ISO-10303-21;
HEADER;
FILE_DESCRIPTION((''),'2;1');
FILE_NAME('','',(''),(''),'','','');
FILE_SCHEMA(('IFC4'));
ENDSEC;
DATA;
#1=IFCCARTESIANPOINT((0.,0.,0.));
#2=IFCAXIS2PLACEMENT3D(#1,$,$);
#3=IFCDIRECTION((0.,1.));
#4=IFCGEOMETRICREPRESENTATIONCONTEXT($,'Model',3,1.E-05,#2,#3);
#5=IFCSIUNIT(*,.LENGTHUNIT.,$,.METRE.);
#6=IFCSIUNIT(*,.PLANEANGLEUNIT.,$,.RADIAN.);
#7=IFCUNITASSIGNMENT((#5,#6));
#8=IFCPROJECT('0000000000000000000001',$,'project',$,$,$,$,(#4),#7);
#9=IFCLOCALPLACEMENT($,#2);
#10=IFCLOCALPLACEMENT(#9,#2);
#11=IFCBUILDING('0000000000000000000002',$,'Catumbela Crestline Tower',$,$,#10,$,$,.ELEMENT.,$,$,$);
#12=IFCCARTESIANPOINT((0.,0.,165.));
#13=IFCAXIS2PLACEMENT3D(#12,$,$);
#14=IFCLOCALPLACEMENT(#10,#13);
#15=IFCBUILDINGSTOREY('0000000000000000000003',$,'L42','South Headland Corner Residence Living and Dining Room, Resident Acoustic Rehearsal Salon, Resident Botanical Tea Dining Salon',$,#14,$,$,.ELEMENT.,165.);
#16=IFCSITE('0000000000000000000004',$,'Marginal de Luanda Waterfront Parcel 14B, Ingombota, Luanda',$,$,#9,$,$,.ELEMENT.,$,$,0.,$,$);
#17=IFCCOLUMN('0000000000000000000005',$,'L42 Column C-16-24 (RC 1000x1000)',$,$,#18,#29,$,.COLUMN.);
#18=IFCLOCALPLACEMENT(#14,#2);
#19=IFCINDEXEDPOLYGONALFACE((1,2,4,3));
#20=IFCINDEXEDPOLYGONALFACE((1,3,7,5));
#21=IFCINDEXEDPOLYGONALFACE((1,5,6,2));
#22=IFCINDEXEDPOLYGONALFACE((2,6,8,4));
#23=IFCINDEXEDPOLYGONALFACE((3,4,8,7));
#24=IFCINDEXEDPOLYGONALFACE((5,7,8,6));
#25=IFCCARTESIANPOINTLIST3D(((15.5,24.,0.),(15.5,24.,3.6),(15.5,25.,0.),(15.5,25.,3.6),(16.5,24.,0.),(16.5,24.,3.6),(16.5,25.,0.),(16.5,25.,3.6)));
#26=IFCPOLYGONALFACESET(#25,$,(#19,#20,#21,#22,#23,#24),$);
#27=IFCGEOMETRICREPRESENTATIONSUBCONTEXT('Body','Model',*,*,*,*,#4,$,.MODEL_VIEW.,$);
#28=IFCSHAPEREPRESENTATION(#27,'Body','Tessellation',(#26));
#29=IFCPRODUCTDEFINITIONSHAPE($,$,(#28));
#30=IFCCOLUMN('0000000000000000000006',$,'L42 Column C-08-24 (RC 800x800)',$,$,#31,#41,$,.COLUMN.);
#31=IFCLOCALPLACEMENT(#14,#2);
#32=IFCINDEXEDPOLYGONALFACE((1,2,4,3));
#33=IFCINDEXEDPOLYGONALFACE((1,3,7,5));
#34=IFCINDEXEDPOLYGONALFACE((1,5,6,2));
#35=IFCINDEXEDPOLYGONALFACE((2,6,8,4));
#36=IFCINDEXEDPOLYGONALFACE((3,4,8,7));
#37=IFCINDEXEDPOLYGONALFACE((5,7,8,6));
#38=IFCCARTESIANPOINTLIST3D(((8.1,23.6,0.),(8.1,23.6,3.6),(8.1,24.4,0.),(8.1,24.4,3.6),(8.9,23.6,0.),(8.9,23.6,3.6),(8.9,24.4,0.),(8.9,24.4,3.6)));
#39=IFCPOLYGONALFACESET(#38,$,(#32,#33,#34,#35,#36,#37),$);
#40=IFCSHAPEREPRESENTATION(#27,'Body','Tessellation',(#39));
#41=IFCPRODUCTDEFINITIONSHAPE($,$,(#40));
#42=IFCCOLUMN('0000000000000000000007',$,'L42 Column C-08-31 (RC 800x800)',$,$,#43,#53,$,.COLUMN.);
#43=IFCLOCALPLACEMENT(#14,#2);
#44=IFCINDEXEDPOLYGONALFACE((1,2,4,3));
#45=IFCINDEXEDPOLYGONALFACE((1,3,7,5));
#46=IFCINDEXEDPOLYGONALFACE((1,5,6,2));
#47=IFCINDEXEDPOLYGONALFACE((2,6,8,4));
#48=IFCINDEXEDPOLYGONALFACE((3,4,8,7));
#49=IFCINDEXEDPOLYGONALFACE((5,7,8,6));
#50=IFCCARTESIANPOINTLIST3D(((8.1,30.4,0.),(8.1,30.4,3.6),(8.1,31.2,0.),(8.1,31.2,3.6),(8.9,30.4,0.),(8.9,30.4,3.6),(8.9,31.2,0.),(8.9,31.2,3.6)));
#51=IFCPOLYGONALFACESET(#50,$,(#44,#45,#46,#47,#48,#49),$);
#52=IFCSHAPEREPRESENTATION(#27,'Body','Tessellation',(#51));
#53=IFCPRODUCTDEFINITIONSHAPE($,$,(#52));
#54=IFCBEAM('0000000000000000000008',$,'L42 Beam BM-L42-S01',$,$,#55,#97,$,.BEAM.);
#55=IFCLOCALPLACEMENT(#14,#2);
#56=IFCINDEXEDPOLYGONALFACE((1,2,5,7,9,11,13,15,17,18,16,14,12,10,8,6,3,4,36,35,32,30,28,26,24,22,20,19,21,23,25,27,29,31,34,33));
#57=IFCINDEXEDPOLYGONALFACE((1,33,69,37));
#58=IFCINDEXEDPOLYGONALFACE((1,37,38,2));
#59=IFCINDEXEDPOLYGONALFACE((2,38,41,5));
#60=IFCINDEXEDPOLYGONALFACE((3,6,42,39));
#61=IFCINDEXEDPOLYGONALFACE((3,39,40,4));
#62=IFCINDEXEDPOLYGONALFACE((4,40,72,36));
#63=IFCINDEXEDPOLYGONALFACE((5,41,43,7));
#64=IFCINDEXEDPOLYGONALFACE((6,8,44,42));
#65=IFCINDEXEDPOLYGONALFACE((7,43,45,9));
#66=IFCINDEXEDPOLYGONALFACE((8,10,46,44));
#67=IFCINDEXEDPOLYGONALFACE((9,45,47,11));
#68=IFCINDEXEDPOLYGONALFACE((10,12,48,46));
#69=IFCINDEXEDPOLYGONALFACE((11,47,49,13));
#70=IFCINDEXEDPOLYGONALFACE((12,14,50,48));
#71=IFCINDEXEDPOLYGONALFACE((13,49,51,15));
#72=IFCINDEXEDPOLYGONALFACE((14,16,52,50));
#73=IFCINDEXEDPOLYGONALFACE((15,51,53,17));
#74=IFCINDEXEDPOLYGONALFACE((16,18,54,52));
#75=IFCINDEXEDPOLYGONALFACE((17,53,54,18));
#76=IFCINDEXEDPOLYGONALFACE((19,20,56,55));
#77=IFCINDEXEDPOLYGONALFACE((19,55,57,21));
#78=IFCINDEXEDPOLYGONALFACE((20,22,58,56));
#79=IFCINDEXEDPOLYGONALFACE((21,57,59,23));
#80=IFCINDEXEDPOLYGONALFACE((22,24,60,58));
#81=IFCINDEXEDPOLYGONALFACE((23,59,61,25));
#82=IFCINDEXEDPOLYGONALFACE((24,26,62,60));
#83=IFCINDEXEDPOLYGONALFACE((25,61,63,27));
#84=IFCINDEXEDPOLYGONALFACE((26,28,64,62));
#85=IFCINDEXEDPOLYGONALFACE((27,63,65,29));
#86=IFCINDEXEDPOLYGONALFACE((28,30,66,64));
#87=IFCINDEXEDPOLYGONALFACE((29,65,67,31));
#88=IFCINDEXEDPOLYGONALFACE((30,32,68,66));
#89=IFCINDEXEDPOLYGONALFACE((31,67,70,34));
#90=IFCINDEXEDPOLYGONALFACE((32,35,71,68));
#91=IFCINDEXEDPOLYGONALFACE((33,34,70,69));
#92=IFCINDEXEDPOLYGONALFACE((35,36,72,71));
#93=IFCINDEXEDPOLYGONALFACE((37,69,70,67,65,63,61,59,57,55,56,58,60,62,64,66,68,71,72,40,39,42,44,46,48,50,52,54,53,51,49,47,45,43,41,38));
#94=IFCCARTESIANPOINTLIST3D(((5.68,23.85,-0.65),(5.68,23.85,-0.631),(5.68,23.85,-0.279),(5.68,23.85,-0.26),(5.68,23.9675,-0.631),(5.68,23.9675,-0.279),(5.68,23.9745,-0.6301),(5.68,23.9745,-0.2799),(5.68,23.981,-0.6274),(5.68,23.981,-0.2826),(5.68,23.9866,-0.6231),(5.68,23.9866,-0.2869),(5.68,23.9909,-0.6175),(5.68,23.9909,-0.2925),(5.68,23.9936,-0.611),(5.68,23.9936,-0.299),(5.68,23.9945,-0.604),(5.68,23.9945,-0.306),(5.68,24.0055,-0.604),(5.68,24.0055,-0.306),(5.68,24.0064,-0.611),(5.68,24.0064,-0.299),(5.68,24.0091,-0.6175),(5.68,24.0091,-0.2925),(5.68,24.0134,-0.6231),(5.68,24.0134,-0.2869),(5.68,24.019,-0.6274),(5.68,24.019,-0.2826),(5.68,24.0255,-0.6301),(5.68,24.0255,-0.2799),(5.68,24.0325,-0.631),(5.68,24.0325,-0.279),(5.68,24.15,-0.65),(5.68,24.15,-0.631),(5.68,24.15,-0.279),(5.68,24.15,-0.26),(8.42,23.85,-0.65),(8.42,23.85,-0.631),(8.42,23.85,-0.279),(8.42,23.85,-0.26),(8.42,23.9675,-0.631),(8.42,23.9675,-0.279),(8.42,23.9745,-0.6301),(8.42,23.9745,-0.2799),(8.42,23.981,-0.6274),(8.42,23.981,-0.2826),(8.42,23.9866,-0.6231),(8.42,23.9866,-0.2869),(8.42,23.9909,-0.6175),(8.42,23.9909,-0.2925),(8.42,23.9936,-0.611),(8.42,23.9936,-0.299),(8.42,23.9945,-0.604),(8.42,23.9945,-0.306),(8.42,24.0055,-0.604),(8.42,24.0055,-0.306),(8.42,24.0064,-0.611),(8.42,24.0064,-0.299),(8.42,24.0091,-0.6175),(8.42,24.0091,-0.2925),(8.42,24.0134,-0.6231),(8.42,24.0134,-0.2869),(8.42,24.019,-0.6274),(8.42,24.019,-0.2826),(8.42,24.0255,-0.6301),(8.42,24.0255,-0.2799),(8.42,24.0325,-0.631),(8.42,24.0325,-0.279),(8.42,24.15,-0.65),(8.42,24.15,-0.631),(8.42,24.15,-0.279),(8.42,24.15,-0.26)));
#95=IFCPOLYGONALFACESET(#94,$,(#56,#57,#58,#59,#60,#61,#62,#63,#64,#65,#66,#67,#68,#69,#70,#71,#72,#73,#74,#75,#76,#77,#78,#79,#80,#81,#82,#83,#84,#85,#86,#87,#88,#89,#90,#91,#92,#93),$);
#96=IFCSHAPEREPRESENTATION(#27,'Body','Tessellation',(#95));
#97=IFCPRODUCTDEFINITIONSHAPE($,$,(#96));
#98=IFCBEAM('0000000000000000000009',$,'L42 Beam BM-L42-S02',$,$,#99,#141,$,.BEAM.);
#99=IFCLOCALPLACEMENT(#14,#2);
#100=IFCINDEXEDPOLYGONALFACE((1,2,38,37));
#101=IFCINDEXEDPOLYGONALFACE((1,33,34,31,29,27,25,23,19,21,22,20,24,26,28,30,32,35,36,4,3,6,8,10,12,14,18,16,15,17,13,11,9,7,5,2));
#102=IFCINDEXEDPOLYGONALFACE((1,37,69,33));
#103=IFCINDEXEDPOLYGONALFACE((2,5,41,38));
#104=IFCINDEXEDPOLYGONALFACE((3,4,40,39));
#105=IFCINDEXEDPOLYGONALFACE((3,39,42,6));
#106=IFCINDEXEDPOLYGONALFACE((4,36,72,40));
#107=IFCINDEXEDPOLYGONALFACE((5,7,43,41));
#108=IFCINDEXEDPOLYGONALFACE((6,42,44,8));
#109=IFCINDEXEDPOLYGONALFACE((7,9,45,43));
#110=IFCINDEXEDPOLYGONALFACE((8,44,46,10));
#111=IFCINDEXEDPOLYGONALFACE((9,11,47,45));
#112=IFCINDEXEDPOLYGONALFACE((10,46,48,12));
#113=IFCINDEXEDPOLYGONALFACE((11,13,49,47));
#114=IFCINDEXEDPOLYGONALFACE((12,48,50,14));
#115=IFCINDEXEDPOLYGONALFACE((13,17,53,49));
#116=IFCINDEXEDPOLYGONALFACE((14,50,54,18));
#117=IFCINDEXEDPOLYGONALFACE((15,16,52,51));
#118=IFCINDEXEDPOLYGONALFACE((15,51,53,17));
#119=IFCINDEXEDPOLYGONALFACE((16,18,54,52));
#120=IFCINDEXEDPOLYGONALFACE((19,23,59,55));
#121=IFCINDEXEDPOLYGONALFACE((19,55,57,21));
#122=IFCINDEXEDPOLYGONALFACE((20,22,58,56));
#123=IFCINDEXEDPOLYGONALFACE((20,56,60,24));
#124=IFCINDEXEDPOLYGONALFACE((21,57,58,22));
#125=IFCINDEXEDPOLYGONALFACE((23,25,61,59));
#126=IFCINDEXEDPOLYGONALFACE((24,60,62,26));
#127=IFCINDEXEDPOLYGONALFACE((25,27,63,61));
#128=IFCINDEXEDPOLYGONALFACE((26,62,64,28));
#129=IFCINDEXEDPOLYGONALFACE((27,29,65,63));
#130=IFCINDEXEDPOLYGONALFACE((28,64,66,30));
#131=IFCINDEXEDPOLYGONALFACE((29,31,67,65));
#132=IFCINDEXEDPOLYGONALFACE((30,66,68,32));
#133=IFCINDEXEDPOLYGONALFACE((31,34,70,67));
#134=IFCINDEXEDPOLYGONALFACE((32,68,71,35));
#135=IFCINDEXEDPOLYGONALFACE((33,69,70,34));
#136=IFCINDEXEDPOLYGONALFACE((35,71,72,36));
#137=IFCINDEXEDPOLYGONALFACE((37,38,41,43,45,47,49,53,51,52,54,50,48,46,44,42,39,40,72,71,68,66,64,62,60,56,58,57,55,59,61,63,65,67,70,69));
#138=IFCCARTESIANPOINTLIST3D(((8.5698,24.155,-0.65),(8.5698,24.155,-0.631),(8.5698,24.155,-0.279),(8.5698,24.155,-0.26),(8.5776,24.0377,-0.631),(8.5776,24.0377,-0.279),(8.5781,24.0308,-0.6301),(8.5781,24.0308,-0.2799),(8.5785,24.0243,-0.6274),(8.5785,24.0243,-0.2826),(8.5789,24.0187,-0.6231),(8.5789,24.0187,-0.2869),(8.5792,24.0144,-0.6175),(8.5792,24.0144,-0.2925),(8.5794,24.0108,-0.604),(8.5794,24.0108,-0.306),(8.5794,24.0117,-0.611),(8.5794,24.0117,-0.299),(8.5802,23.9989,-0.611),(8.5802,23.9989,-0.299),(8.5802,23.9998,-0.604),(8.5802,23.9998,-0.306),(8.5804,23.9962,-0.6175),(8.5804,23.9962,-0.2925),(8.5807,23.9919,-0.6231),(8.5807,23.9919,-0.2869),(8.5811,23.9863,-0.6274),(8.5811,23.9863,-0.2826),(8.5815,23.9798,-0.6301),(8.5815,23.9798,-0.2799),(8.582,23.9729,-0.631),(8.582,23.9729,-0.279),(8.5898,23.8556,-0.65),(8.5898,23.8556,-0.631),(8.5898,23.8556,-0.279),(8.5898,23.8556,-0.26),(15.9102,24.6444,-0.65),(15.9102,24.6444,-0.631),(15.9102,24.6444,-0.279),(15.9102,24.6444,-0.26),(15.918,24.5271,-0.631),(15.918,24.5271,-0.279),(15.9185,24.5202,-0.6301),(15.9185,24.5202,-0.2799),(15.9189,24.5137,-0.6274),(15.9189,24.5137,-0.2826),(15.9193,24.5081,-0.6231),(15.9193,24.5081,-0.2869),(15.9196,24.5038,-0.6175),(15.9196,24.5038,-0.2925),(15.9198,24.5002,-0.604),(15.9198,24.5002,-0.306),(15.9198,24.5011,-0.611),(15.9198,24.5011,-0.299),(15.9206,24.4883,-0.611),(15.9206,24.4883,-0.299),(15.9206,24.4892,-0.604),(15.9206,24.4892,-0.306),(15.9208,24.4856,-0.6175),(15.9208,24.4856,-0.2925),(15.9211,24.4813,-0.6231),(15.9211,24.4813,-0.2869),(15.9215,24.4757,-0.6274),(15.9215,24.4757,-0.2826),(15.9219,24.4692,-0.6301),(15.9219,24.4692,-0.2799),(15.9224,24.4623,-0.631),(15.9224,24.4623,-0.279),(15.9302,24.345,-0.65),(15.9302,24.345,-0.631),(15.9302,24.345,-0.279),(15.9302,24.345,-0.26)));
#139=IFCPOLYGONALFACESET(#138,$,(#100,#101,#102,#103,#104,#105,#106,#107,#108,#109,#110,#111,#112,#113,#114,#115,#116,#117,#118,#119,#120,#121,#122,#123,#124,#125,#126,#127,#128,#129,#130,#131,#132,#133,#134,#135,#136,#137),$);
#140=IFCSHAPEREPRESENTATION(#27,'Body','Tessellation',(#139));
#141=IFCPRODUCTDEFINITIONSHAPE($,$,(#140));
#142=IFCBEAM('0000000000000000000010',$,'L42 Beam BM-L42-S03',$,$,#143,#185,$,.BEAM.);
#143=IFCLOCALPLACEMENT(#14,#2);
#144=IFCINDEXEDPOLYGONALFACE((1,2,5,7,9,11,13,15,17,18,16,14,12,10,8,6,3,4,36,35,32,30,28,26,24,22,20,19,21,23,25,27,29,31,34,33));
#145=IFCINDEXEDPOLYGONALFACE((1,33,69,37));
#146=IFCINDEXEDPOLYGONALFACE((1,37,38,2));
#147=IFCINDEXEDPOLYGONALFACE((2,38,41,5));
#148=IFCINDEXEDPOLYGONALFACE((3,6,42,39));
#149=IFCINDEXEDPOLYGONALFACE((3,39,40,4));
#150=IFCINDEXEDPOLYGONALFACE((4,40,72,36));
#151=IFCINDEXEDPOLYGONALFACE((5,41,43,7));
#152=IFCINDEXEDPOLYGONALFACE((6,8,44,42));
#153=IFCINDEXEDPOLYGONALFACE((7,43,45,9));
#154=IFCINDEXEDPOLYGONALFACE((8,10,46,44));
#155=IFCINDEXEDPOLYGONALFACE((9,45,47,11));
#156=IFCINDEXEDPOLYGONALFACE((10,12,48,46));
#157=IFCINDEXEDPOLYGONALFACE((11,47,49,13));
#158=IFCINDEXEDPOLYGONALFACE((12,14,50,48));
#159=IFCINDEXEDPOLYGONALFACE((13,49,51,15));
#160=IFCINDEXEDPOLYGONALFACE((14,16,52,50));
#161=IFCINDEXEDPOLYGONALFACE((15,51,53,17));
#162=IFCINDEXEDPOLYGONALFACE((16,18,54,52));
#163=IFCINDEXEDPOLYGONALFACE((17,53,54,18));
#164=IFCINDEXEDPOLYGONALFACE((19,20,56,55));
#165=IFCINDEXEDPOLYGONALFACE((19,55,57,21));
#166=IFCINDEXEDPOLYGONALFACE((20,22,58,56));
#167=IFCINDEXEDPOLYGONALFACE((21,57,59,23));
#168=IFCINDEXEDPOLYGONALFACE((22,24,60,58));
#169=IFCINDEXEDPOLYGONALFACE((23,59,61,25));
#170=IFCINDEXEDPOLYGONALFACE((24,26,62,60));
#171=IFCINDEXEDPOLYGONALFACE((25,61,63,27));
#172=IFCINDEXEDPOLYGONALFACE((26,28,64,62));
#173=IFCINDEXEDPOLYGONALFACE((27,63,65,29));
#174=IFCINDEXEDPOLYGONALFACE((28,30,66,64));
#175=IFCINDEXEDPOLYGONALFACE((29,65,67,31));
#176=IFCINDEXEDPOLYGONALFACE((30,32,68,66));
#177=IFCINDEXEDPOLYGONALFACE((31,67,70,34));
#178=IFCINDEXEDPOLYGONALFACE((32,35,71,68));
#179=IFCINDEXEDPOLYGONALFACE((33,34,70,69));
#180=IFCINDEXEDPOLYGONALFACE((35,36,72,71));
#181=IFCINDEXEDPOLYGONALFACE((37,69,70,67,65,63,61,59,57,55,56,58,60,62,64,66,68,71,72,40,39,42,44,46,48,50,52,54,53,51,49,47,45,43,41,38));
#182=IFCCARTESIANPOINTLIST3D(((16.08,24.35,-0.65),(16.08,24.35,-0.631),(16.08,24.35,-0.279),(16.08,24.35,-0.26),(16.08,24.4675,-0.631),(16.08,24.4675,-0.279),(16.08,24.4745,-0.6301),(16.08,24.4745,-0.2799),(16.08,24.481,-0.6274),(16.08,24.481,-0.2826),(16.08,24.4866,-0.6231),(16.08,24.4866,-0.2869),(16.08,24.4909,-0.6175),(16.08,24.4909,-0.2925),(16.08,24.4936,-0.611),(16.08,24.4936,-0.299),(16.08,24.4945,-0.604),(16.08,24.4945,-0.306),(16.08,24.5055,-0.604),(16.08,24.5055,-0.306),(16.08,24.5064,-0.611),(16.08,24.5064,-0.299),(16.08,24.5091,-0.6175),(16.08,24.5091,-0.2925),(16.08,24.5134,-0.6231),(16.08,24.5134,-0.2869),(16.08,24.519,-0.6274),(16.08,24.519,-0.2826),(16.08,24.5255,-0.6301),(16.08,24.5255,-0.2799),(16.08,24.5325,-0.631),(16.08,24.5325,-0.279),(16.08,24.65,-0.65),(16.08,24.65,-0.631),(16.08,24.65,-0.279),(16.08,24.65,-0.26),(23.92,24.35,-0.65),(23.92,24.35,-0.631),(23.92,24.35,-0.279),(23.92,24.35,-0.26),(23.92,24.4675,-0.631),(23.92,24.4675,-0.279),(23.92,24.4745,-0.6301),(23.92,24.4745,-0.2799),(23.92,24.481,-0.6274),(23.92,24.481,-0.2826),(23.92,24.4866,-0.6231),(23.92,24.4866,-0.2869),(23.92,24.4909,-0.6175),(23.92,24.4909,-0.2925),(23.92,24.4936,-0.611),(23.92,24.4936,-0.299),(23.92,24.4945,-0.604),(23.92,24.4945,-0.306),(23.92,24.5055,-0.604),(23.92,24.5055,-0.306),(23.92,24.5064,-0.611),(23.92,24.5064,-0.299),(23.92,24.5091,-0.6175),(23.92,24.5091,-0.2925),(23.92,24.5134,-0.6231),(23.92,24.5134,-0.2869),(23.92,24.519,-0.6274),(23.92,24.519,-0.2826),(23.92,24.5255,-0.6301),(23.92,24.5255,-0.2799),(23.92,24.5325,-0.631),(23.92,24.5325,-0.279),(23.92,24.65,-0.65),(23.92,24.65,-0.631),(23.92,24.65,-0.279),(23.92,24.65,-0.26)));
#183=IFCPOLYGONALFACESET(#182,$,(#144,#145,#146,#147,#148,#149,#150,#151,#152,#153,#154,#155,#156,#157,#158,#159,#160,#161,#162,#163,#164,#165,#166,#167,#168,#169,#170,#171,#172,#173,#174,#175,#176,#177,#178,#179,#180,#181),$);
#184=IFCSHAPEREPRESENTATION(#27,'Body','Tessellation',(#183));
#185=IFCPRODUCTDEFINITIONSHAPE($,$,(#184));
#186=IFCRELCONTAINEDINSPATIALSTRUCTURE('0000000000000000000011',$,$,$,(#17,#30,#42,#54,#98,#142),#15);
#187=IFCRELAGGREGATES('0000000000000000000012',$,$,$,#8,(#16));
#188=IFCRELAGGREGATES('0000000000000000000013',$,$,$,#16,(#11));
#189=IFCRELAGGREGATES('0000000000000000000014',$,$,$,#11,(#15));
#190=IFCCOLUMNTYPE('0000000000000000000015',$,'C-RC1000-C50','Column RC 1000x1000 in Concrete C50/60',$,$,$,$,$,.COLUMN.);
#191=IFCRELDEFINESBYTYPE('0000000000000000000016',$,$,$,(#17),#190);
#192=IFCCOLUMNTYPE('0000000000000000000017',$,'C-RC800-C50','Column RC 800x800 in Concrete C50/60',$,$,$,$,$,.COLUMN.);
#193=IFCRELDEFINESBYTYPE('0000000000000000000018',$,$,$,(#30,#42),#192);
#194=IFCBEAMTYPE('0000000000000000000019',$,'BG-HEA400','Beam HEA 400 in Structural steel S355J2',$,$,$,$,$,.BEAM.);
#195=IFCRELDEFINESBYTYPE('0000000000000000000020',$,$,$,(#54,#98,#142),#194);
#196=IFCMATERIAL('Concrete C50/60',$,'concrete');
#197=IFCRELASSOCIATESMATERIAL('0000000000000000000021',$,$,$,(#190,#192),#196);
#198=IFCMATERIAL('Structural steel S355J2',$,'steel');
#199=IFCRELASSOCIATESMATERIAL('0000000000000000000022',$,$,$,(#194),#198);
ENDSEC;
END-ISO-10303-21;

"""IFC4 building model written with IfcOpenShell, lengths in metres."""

from ifc_helpers import new_model, si_unit, direction, frame, origin, origin_2d, place, context, subcontext, project, spatial, rectangle, i_section, extrude, material, material_profile, profile_set, type_object, element, save


model = new_model("IFC4")

# Units and contexts
model_context = context("Model", 3, precision=1e-05, world=origin(), true_north=direction((0.0, 1.0)))
body_context = subcontext(model_context, "Body", "Model", "MODEL_VIEW")
ifc_project = project(units=[si_unit("LENGTHUNIT", "METRE"), si_unit("PLANEANGLEUNIT", "RADIAN")], contexts=[model_context])

# Site, building, storey
site_placement = place(None, origin())
site = spatial("IfcSite", under=ifc_project, at=site_placement, Name="Marginal de Luanda Waterfront Parcel 14B, Ingombota, Luanda", CompositionType="ELEMENT", RefElevation=0.0)
building_placement = place(site_placement, origin())
building = spatial("IfcBuilding", under=site, at=building_placement, Name="Catumbela Crestline Tower", CompositionType="ELEMENT")
storey_placement = place(building_placement, frame((0.0, 0.0, 165.0)))
storey = spatial("IfcBuildingStorey", under=building, at=storey_placement, Name="L42", Description="South Headland Corner Residence Living and Dining Room, Resident Acoustic Rehearsal Salon, Resident Botanical Tea Dining Salon", CompositionType="ELEMENT", Elevation=165.0)

# Columns
ifc_material_1 = material(Name="Concrete C50/60", Category="concrete")
ifc_material_profile_1 = material_profile(ifc_material_1, rectangle(XDim=1.0, YDim=1.0, at=origin_2d()), Name="RC 1000x1000")
ifc_profile_set_1 = profile_set([ifc_material_profile_1], Name="Concrete C50/60")
column_type_1 = type_object("IfcColumnType", Name="C-RC1000-C50", Description="Column RC 1000x1000 in Concrete C50/60", PredefinedType="COLUMN", material=ifc_profile_set_1)
column_placement = place(storey_placement, frame((16.0, 24.5, 0.0), z_axis=(0.0, 0.0, 1.0), x_axis=(1.0, 0.0, 0.0)))
element("IfcColumn", 1, at=column_placement, inside=storey, type_object=column_type_1, Name="L42 Column C-16-24 (RC 1000x1000)", PredefinedType="COLUMN", context=body_context, shape_type="SweptSolid", body=[
    extrude(rectangle(XDim=1.0, YDim=1.0, at=origin_2d()), origin(), (0.0, 0.0, 1.0), 3.6),
])
ifc_material_profile_2 = material_profile(ifc_material_1, rectangle(XDim=0.8, YDim=0.8, at=origin_2d()), Name="RC 800x800")
ifc_profile_set_2 = profile_set([ifc_material_profile_2], Name="Concrete C50/60")
column_type_2 = type_object("IfcColumnType", Name="C-RC800-C50", Description="Column RC 800x800 in Concrete C50/60", PredefinedType="COLUMN", material=ifc_profile_set_2)
for number, where, z_axis, x_axis, name in (
    (2, (8.5, 24.0, 0.0), (0.0, 0.0, 1.0), (1.0, 0.0, 0.0), "L42 Column C-08-24 (RC 800x800)"),
    (3, (8.5, 30.8, 0.0), (0.0, 0.0, 1.0), (1.0, 0.0, 0.0), "L42 Column C-08-31 (RC 800x800)"),
):
    element("IfcColumn", number, at=place(storey_placement, frame(where, z_axis=z_axis, x_axis=x_axis)), inside=storey, type_object=column_type_2, Name=name, PredefinedType="COLUMN", context=body_context, shape_type="SweptSolid", body=[
        extrude(rectangle(XDim=0.8, YDim=0.8, at=origin_2d()), origin(), (0.0, 0.0, 1.0), 3.6),
    ])

# Beams
ifc_material_2 = material(Name="Structural steel S355J2", Category="steel")
ifc_material_profile_3 = material_profile(ifc_material_2, i_section(OverallWidth=0.3, OverallDepth=0.39, WebThickness=0.011, FlangeThickness=0.019, FilletRadius=0.027, at=origin_2d()), Name="HEA 400")
ifc_profile_set_3 = profile_set([ifc_material_profile_3], Name="Structural steel S355J2")
beam_type_1 = type_object("IfcBeamType", Name="BG-HEA400", Description="Beam HEA 400 in Structural steel S355J2", PredefinedType="BEAM", material=ifc_profile_set_3)
beam_1_placement = place(storey_placement, frame((5.68, 24.0, -0.455), z_axis=(1.0, 0.0, 0.0), x_axis=(0.0, 1.0, 0.0)))
element("IfcBeam", 4, at=beam_1_placement, inside=storey, type_object=beam_type_1, Name="L42 Beam BM-L42-S01", PredefinedType="BEAM", context=body_context, shape_type="SweptSolid", body=[
    extrude(i_section(OverallWidth=0.3, OverallDepth=0.39, WebThickness=0.011, FlangeThickness=0.019, FilletRadius=0.027, at=origin_2d()), origin(), (0.0, 0.0, 1.0), 2.74),
])
beam_2_placement = place(storey_placement, frame((8.5798, 24.0053, -0.455), z_axis=(0.997785, 0.066524, 0.0), x_axis=(-0.066524, 0.997785, 0.0)))
element("IfcBeam", 5, at=beam_2_placement, inside=storey, type_object=beam_type_1, Name="L42 Beam BM-L42-S02", PredefinedType="BEAM", context=body_context, shape_type="SweptSolid", body=[
    extrude(i_section(OverallWidth=0.3, OverallDepth=0.39, WebThickness=0.011, FlangeThickness=0.019, FilletRadius=0.027, at=origin_2d()), origin(), (0.0, 0.0, 1.0), 7.3567),
])
beam_3_placement = place(storey_placement, frame((16.08, 24.5, -0.455), z_axis=(1.0, 0.0, 0.0), x_axis=(0.0, 1.0, 0.0)))
element("IfcBeam", 6, at=beam_3_placement, inside=storey, type_object=beam_type_1, Name="L42 Beam BM-L42-S03", PredefinedType="BEAM", context=body_context, shape_type="SweptSolid", body=[
    extrude(i_section(OverallWidth=0.3, OverallDepth=0.39, WebThickness=0.011, FlangeThickness=0.019, FilletRadius=0.027, at=origin_2d()), origin(), (0.0, 0.0, 1.0), 7.84),
])

save(model, "model.ifc")
